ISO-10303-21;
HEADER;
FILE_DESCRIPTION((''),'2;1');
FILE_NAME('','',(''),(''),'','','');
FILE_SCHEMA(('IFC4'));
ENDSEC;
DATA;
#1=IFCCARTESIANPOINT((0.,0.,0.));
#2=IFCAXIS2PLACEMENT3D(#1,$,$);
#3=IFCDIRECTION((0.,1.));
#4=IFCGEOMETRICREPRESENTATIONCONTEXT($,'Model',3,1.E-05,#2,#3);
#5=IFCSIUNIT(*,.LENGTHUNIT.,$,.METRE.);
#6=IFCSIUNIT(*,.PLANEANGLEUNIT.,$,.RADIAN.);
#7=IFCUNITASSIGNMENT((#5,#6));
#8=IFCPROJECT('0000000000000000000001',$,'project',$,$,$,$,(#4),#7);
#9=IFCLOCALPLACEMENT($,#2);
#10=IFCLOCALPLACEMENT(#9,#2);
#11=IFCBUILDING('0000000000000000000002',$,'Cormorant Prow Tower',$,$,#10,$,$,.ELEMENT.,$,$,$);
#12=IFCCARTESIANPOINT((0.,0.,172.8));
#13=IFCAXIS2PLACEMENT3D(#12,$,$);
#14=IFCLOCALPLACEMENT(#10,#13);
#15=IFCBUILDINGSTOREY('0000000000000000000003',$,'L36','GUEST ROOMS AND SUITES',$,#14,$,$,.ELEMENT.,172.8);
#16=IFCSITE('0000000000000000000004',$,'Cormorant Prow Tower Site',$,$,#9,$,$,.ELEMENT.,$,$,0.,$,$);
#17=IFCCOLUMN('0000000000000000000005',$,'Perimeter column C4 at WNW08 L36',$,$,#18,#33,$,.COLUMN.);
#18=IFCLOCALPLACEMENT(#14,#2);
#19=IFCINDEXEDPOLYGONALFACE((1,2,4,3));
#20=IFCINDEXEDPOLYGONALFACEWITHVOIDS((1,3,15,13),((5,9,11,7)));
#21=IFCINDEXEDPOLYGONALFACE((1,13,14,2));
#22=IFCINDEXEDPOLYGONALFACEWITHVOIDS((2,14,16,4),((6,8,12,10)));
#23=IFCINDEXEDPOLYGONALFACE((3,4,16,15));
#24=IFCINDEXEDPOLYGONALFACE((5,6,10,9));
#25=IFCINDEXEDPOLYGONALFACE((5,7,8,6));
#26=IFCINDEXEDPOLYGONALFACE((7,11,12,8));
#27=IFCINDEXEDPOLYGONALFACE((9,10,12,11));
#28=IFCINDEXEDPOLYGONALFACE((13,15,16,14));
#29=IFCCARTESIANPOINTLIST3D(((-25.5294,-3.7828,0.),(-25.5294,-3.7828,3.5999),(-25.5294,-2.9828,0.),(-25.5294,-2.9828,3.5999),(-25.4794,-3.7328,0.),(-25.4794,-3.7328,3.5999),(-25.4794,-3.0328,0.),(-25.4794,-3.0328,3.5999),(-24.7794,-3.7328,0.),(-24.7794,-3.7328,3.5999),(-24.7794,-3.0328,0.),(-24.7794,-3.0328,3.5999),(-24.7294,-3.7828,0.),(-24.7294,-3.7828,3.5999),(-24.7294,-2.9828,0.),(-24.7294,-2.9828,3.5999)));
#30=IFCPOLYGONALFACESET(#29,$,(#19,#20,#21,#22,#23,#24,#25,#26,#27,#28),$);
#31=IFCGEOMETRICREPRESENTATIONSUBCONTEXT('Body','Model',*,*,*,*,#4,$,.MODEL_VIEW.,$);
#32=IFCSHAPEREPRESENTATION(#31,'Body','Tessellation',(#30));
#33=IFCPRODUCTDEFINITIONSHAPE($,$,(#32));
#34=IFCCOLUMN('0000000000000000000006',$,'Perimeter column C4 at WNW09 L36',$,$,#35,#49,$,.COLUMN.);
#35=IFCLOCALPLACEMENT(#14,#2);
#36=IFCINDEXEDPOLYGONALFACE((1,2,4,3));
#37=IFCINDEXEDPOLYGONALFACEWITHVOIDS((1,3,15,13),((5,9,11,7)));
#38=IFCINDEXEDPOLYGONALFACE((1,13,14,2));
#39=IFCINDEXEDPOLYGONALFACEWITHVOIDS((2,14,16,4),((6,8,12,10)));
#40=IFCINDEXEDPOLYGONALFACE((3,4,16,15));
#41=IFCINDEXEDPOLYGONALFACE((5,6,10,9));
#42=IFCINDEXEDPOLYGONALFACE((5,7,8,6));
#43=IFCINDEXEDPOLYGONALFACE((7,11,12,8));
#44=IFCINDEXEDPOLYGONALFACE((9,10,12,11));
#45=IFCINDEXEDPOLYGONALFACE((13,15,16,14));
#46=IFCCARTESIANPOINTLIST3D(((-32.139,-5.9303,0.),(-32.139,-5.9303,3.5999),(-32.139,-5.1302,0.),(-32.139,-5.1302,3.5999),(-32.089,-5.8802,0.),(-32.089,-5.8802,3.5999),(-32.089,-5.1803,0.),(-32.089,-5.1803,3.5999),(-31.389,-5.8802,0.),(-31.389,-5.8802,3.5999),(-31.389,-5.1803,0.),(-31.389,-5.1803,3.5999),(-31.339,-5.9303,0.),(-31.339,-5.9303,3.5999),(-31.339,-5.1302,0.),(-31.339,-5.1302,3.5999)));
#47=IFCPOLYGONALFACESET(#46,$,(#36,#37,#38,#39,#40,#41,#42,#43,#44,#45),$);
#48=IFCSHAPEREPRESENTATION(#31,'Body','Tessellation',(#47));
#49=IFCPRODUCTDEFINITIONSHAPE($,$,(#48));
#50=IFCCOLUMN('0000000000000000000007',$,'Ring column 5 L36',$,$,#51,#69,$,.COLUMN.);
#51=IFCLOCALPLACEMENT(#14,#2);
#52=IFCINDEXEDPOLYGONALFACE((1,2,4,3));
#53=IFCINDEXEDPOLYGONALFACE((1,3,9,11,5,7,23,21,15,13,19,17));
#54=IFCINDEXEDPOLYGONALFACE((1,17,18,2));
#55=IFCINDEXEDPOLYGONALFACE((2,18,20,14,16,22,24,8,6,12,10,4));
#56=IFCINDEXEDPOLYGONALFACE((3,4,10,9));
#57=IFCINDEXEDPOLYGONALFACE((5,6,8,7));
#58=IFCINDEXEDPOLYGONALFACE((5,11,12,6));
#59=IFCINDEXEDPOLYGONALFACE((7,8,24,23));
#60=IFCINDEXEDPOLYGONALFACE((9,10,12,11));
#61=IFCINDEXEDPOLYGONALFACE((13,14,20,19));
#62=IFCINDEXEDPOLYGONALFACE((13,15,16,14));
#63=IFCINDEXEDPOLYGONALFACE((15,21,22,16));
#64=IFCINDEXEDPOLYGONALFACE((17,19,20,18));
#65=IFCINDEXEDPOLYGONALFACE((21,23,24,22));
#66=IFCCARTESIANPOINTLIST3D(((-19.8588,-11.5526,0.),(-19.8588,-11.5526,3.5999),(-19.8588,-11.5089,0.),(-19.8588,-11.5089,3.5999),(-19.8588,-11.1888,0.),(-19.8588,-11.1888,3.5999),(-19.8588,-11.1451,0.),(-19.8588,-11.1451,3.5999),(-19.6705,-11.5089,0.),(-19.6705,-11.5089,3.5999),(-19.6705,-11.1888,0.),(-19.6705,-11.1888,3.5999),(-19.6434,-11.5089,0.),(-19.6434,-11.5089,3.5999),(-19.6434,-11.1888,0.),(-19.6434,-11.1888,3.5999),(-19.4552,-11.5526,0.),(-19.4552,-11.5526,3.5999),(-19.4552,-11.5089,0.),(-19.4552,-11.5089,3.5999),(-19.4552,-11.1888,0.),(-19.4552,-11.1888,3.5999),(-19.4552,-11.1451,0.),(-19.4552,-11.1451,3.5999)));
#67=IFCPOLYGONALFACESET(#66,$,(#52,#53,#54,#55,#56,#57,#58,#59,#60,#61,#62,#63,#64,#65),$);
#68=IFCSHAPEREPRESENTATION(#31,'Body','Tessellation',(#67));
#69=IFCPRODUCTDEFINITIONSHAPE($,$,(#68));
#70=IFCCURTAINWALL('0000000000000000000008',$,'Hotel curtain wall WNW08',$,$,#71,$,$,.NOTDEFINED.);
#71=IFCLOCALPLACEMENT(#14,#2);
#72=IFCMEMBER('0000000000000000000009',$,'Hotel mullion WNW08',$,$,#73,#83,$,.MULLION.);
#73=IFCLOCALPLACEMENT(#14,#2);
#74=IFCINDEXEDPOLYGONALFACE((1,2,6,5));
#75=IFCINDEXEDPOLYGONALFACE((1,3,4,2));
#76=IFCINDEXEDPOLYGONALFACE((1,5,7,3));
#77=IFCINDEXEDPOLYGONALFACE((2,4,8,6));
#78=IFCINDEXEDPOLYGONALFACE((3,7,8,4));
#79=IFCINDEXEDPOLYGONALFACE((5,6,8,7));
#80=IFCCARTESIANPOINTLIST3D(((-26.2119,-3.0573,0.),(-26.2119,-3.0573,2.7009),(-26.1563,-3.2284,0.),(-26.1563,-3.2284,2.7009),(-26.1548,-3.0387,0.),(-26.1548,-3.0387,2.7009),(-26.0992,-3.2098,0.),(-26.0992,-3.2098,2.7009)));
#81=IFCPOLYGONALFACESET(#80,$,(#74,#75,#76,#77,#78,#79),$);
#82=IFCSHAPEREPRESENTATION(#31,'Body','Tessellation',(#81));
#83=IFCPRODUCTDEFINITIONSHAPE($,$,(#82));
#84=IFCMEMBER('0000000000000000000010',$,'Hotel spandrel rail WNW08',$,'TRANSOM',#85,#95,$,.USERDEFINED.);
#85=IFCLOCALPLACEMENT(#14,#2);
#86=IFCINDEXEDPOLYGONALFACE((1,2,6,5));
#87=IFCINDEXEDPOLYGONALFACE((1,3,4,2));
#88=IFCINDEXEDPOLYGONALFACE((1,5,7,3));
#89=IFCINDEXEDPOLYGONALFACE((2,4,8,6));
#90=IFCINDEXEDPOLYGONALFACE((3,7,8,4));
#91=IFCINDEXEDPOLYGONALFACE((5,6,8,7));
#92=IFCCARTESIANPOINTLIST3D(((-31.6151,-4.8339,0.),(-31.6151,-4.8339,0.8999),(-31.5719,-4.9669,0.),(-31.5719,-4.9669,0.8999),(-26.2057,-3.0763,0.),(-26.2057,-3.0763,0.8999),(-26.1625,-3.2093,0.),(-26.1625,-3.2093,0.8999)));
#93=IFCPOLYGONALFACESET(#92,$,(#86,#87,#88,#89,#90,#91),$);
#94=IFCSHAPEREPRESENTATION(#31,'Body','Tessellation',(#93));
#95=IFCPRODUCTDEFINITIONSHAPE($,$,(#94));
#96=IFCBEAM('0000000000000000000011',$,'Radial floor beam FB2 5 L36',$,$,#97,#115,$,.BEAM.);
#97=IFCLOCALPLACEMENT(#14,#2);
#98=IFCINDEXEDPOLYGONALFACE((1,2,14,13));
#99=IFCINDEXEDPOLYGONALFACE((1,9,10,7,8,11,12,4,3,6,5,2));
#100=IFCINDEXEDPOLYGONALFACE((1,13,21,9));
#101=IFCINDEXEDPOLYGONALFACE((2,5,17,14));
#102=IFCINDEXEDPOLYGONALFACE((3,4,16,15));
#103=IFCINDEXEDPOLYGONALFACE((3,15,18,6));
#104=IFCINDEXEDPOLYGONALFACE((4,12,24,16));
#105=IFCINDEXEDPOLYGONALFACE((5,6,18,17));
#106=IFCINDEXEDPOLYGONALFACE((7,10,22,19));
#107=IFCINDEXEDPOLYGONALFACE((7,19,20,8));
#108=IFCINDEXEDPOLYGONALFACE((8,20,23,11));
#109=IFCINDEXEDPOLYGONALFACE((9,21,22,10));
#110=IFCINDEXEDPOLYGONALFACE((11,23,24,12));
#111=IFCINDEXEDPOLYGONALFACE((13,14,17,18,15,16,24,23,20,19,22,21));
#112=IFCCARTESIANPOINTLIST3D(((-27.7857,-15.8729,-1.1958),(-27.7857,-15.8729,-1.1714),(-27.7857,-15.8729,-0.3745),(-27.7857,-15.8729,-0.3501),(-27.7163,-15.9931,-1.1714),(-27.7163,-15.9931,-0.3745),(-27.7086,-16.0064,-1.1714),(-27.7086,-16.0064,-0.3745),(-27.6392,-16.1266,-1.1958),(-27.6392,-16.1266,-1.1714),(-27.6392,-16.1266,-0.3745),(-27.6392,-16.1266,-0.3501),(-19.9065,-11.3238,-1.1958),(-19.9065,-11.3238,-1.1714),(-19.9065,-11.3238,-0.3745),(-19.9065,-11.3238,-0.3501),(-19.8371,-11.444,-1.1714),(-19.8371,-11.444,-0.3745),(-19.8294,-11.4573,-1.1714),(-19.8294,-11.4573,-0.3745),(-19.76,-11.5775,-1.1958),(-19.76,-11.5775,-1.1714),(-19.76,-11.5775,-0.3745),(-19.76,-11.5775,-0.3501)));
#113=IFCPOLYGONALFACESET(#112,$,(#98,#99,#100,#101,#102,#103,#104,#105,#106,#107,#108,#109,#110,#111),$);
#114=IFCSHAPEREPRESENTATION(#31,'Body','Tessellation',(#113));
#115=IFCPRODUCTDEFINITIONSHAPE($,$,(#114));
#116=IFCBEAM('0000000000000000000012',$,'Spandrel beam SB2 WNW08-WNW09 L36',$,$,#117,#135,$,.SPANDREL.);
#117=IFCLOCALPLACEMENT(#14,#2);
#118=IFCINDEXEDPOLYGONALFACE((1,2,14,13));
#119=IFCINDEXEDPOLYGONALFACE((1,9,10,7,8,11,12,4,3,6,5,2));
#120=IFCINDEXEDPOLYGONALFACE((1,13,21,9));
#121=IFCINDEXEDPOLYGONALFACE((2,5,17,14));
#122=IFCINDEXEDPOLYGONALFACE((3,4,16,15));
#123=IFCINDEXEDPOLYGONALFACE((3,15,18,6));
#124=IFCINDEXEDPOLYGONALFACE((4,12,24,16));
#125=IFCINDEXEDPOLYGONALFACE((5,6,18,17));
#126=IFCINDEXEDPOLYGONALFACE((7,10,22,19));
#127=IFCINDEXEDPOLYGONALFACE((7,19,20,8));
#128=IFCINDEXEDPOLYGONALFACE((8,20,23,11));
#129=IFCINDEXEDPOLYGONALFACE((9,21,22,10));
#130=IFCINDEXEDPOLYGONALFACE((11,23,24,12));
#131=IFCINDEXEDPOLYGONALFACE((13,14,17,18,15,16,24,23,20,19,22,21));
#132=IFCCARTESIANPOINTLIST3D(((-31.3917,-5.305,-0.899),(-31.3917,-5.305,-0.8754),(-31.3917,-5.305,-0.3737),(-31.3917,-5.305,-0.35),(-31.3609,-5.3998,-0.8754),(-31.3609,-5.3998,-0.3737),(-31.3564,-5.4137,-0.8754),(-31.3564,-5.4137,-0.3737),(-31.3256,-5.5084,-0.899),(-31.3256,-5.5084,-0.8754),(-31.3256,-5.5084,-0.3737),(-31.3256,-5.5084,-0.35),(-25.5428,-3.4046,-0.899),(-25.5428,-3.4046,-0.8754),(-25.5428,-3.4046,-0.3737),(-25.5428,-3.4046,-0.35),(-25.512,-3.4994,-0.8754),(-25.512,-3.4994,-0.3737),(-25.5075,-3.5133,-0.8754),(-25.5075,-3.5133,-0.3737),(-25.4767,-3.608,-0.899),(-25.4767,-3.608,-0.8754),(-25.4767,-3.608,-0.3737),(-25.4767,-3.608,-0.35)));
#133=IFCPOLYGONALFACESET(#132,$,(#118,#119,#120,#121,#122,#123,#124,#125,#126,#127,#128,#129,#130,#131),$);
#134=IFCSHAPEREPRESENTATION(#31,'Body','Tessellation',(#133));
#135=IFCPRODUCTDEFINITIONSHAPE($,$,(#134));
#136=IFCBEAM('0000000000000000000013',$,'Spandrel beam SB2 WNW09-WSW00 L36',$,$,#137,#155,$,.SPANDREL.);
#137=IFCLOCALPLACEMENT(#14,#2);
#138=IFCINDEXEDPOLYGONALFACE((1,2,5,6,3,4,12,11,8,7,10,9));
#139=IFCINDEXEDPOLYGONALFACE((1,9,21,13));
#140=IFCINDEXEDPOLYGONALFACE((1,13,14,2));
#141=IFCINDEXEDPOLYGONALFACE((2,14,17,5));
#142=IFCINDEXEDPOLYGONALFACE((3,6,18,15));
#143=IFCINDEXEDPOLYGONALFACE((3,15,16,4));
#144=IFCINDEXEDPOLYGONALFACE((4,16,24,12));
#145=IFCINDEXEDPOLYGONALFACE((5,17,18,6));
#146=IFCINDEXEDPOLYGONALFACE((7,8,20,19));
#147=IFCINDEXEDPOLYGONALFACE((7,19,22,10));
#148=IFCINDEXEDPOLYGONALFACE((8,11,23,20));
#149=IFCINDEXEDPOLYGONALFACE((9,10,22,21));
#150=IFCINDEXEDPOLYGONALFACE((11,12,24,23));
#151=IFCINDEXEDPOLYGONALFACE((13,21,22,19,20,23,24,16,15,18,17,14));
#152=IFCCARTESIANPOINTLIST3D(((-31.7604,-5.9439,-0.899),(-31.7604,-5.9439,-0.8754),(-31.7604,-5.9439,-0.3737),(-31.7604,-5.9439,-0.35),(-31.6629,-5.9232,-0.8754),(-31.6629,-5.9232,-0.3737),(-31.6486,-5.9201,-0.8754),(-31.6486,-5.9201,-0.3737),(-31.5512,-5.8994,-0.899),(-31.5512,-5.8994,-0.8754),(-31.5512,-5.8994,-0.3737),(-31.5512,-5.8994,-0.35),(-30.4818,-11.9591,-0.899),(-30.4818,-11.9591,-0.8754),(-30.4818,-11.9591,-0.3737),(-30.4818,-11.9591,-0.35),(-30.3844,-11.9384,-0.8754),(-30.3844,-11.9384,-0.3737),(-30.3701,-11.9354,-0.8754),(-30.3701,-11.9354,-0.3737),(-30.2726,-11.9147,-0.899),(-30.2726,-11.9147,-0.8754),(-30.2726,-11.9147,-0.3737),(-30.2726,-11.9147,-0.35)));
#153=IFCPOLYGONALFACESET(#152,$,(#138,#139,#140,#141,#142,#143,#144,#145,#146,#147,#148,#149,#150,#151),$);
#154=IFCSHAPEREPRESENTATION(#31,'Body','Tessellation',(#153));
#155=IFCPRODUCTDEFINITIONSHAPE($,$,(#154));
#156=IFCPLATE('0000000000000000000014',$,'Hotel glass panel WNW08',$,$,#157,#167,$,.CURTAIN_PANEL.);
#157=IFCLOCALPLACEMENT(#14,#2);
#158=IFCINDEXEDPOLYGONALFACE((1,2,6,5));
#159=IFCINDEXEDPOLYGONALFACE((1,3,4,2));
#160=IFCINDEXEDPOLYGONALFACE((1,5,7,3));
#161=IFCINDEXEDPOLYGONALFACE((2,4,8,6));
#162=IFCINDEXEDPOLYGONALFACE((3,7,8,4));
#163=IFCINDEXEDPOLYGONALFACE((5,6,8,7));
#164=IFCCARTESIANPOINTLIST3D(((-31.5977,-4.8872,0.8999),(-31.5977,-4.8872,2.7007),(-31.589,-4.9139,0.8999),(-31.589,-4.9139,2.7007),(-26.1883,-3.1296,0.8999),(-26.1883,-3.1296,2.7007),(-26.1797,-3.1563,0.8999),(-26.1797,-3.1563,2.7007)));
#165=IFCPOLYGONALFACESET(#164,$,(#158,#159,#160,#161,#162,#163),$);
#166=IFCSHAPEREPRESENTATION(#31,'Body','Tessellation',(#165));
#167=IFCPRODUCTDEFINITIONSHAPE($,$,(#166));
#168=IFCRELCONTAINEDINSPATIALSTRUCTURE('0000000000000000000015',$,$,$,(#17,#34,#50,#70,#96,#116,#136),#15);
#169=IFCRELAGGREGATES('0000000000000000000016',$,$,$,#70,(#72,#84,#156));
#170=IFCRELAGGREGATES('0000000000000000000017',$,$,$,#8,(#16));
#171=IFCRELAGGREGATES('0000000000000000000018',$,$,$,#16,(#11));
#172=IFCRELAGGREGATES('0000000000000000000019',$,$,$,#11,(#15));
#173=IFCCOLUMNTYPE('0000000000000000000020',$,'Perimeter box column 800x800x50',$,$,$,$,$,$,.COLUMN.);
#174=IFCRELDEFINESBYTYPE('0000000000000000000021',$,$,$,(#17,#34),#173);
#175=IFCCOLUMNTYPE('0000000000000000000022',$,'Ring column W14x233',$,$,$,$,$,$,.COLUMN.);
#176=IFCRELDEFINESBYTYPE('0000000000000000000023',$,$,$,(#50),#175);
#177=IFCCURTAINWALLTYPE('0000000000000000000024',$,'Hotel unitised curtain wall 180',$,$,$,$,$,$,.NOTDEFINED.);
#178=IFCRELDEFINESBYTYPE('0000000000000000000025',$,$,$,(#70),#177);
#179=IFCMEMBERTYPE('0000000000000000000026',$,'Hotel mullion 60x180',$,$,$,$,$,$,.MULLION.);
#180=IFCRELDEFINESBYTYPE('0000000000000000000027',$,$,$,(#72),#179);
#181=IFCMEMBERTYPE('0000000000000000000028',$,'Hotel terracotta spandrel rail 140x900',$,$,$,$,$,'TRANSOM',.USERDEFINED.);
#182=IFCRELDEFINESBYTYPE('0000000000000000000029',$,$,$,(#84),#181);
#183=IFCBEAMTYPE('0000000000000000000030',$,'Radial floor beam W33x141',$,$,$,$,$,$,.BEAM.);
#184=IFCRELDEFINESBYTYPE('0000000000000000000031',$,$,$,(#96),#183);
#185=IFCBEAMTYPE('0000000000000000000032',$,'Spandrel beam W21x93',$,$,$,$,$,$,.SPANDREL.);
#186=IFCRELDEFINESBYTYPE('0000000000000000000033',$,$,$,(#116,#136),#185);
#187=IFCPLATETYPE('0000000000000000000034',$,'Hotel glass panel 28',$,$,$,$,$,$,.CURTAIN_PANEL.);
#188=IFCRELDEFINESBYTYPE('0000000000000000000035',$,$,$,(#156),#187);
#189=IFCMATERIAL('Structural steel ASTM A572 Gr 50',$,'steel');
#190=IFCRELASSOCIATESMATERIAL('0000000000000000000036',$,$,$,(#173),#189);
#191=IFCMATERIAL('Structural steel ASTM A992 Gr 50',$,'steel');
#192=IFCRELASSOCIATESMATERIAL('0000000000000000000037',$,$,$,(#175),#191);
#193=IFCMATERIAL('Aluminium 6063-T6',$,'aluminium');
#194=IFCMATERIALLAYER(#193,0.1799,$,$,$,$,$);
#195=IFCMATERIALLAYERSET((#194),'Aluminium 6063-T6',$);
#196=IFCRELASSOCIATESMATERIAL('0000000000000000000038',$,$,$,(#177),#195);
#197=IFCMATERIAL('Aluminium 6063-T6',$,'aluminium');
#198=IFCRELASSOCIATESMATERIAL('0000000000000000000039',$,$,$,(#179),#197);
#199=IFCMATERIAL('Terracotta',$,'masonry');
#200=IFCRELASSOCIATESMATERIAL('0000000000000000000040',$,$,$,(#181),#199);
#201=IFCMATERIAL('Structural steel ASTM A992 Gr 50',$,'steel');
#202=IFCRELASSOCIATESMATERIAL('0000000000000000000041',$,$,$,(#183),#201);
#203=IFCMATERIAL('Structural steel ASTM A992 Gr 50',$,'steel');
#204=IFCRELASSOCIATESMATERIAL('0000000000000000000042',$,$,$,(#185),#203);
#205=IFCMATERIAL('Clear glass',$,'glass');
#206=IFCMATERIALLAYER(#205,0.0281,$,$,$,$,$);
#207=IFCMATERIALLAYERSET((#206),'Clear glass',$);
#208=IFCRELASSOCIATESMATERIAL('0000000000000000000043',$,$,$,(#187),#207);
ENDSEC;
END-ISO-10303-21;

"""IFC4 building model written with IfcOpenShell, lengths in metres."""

from ifc_helpers import new_model, si_unit, direction, frame, origin, origin_2d, place, context, subcontext, project, spatial, rectangle, hollow_rectangle, i_section, extrude, material, layer, layer_set, material_profile, profile_set, type_object, element, aggregate, save


model = new_model("IFC4")

# Units and contexts
model_context = context("Model", 3, precision=1e-05, world=origin(), true_north=direction((0.0, 1.0)))
body_context = subcontext(model_context, "Body", "Model", "MODEL_VIEW")
ifc_project = project(units=[si_unit("LENGTHUNIT", "METRE"), si_unit("PLANEANGLEUNIT", "RADIAN")], contexts=[model_context])

# Site, building, storey
site_placement = place(None, origin())
site = spatial("IfcSite", under=ifc_project, at=site_placement, Name="Cormorant Prow Tower Site", CompositionType="ELEMENT", RefElevation=0.0)
building_placement = place(site_placement, origin())
building = spatial("IfcBuilding", under=site, at=building_placement, Name="Cormorant Prow Tower", CompositionType="ELEMENT")
storey_placement = place(building_placement, frame((0.0, 0.0, 172.8)))
storey = spatial("IfcBuildingStorey", under=building, at=storey_placement, Name="L36", Description="GUEST ROOMS AND SUITES", CompositionType="ELEMENT", Elevation=172.8)

# Columns
ifc_material_1 = material(Name="Structural steel ASTM A572 Gr 50", Category="steel")
ifc_material_profile_1 = material_profile(ifc_material_1, hollow_rectangle(XDim=0.8, YDim=0.8, WallThickness=0.05, at=origin_2d()), Name="Box 800x800x50")
ifc_profile_set_1 = profile_set([ifc_material_profile_1], Name="Structural steel ASTM A572 Gr 50")
column_type_1 = type_object("IfcColumnType", Name="Perimeter box column 800x800x50", PredefinedType="COLUMN", material=ifc_profile_set_1)
for number, where, z_axis, x_axis, name in (
    (1, (-25.1294, -3.3828, 0.0), (0.0, 0.0, 1.0), (1.0, 0.0, 0.0), "Perimeter column C4 at WNW08 L36"),
    (2, (-31.739, -5.5303, 0.0), (0.0, 0.0, 1.0), (1.0, 0.0, 0.0), "Perimeter column C4 at WNW09 L36"),
):
    element("IfcColumn", number, at=place(storey_placement, frame(where, z_axis=z_axis, x_axis=x_axis)), inside=storey, type_object=column_type_1, Name=name, PredefinedType="COLUMN", context=body_context, shape_type="SweptSolid", body=[
        extrude(hollow_rectangle(XDim=0.8, YDim=0.8, WallThickness=0.05, at=origin_2d()), origin(), (0.0, 0.0, 1.0), 3.5999),
    ])
ifc_material_2 = material(Name="Structural steel ASTM A992 Gr 50", Category="steel")
ifc_material_profile_2 = material_profile(ifc_material_2, i_section(OverallWidth=0.4036, OverallDepth=0.4075, WebThickness=0.0271, FlangeThickness=0.0437, at=origin_2d()), Name="W14x233")
ifc_profile_set_2 = profile_set([ifc_material_profile_2], Name="Structural steel ASTM A992 Gr 50")
column_type_2 = type_object("IfcColumnType", Name="Ring column W14x233", PredefinedType="COLUMN", material=ifc_profile_set_2)
column_placement = place(storey_placement, frame((-19.657, -11.3489, 0.0), z_axis=(0.0, 0.0, 1.0), x_axis=(1.0, 0.0, 0.0)))
element("IfcColumn", 3, at=column_placement, inside=storey, type_object=column_type_2, Name="Ring column 5 L36", PredefinedType="COLUMN", context=body_context, shape_type="SweptSolid", body=[
    extrude(i_section(OverallWidth=0.4036, OverallDepth=0.4075, WebThickness=0.0271, FlangeThickness=0.0437, at=origin_2d()), origin(), (0.0, 0.0, 1.0), 3.5999),
])

# Curtain wall, members
ifc_material_3 = material(Name="Aluminium 6063-T6", Category="aluminium")
ifc_layer_1 = layer(ifc_material_3, 0.1799)
ifc_layer_set_1 = layer_set([ifc_layer_1], Name="Aluminium 6063-T6")
curtain_wall_type = type_object("IfcCurtainWallType", Name="Hotel unitised curtain wall 180", PredefinedType="NOTDEFINED", material=ifc_layer_set_1)
curtain_wall_placement = place(storey_placement, origin())
curtain_wall = element("IfcCurtainWall", 4, at=curtain_wall_placement, inside=storey, type_object=curtain_wall_type, Name="Hotel curtain wall WNW08", PredefinedType="NOTDEFINED")
ifc_material_4 = material(Name="Aluminium 6063-T6", Category="aluminium")
ifc_material_profile_3 = material_profile(ifc_material_4, rectangle(XDim=0.1799, YDim=0.0601, at=origin_2d()), Name="Hotel mullion 60x180")
ifc_profile_set_3 = profile_set([ifc_material_profile_3], Name="Aluminium 6063-T6")
member_type_1 = type_object("IfcMemberType", Name="Hotel mullion 60x180", PredefinedType="MULLION", material=ifc_profile_set_3)
member_1_placement = place(storey_placement, frame((-26.1555, -3.1335, 0.0), z_axis=(0.0, 0.0, 1.0), x_axis=(0.309017, -0.951056, 0.0)))
member_1 = element("IfcMember", 5, at=member_1_placement, type_object=member_type_1, Name="Hotel mullion WNW08", PredefinedType="MULLION", context=body_context, shape_type="SweptSolid", body=[
    extrude(rectangle(XDim=0.1799, YDim=0.0601, at=origin_2d()), origin(), (0.0, 0.0, 1.0), 2.7009),
])
ifc_material_5 = material(Name="Terracotta", Category="masonry")
ifc_material_profile_4 = material_profile(ifc_material_5, rectangle(XDim=0.1399, YDim=0.8999, at=origin_2d()), Name="Hotel terracotta spandrel rail 140x900")
ifc_profile_set_4 = profile_set([ifc_material_profile_4], Name="Terracotta")
member_type_2 = type_object("IfcMemberType", Name="Hotel terracotta spandrel rail 140x900", ElementType="TRANSOM", PredefinedType="USERDEFINED", material=ifc_profile_set_4)
member_2_placement = place(storey_placement, frame((-26.1841, -3.1428, 0.45), z_axis=(-0.95106, -0.309007, 0.0), x_axis=(0.309007, -0.95106, 0.0)))
member_2 = element("IfcMember", 6, at=member_2_placement, type_object=member_type_2, Name="Hotel spandrel rail WNW08", ObjectType="TRANSOM", PredefinedType="USERDEFINED", context=body_context, shape_type="SweptSolid", body=[
    extrude(rectangle(XDim=0.1399, YDim=0.8999, at=origin_2d()), origin(), (0.0, 0.0, 1.0), 5.6877),
])

# Beams
ifc_material_6 = material(Name="Structural steel ASTM A992 Gr 50", Category="steel")
ifc_material_profile_5 = material_profile(ifc_material_6, i_section(OverallWidth=0.293, OverallDepth=0.8457, WebThickness=0.0154, FlangeThickness=0.0244, at=origin_2d()), Name="W33x141")
ifc_profile_set_5 = profile_set([ifc_material_profile_5], Name="Structural steel ASTM A992 Gr 50")
beam_type_1 = type_object("IfcBeamType", Name="Radial floor beam W33x141", PredefinedType="BEAM", material=ifc_profile_set_5)
beam_1_placement = place(storey_placement, frame((-19.8333, -11.4507, -0.7729), z_axis=(-0.866023, -0.500004, 0.0), x_axis=(0.500004, -0.866023, 0.0)))
element("IfcBeam", 7, at=beam_1_placement, inside=storey, type_object=beam_type_1, Name="Radial floor beam FB2 5 L36", PredefinedType="BEAM", context=body_context, shape_type="SweptSolid", body=[
    extrude(i_section(OverallWidth=0.293, OverallDepth=0.8457, WebThickness=0.0154, FlangeThickness=0.0244, at=origin_2d()), origin(), (0.0, 0.0, 1.0), 9.0981),
])
ifc_material_7 = material(Name="Structural steel ASTM A992 Gr 50", Category="steel")
ifc_material_profile_6 = material_profile(ifc_material_7, i_section(OverallWidth=0.2139, OverallDepth=0.5491, WebThickness=0.0146, FlangeThickness=0.0237, at=origin_2d()), Name="W21x93")
ifc_profile_set_6 = profile_set([ifc_material_profile_6], Name="Structural steel ASTM A992 Gr 50")
beam_type_2 = type_object("IfcBeamType", Name="Spandrel beam W21x93", PredefinedType="SPANDREL", material=ifc_profile_set_6)
beam_2_placement = place(storey_placement, frame((-25.5098, -3.5063, -0.6245), z_axis=(-0.951058, -0.309013, 0.0), x_axis=(0.309013, -0.951058, 0.0)))
element("IfcBeam", 8, at=beam_2_placement, inside=storey, type_object=beam_type_2, Name="Spandrel beam SB2 WNW08-WNW09 L36", PredefinedType="SPANDREL", context=body_context, shape_type="SweptSolid", body=[
    extrude(i_section(OverallWidth=0.2139, OverallDepth=0.5491, WebThickness=0.0146, FlangeThickness=0.0237, at=origin_2d()), origin(), (0.0, 0.0, 1.0), 6.1499),
])
beam_3_placement = place(storey_placement, frame((-31.6558, -5.9216, -0.6245), z_axis=(0.207905, -0.978149, 0.0), x_axis=(0.978149, 0.207905, 0.0)))
element("IfcBeam", 9, at=beam_3_placement, inside=storey, type_object=beam_type_2, Name="Spandrel beam SB2 WNW09-WSW00 L36", PredefinedType="SPANDREL", context=body_context, shape_type="SweptSolid", body=[
    extrude(i_section(OverallWidth=0.2139, OverallDepth=0.5491, WebThickness=0.0146, FlangeThickness=0.0237, at=origin_2d()), origin(), (0.0, 0.0, 1.0), 6.1497),
])

# Plate
ifc_material_8 = material(Name="Clear glass", Category="glass")
ifc_layer_2 = layer(ifc_material_8, 0.0281)
ifc_layer_set_2 = layer_set([ifc_layer_2], Name="Clear glass")
plate_type = type_object("IfcPlateType", Name="Hotel glass panel 28", PredefinedType="CURTAIN_PANEL", material=ifc_layer_set_2)
plate_placement = place(storey_placement, frame((-28.8887, -4.0217, 0.8999), z_axis=(0.0, 0.0, 1.0), x_axis=(-0.951056, -0.309017, 0.0)))
plate = element("IfcPlate", 10, at=plate_placement, type_object=plate_type, Name="Hotel glass panel WNW08", PredefinedType="CURTAIN_PANEL", context=body_context, shape_type="SweptSolid", body=[
    extrude(rectangle(XDim=5.6877, YDim=0.0281, at=origin_2d()), origin(), (0.0, 0.0, 1.0), 1.8008),
])
aggregate(curtain_wall, [member_1, member_2, plate])

save(model, "model.ifc")
